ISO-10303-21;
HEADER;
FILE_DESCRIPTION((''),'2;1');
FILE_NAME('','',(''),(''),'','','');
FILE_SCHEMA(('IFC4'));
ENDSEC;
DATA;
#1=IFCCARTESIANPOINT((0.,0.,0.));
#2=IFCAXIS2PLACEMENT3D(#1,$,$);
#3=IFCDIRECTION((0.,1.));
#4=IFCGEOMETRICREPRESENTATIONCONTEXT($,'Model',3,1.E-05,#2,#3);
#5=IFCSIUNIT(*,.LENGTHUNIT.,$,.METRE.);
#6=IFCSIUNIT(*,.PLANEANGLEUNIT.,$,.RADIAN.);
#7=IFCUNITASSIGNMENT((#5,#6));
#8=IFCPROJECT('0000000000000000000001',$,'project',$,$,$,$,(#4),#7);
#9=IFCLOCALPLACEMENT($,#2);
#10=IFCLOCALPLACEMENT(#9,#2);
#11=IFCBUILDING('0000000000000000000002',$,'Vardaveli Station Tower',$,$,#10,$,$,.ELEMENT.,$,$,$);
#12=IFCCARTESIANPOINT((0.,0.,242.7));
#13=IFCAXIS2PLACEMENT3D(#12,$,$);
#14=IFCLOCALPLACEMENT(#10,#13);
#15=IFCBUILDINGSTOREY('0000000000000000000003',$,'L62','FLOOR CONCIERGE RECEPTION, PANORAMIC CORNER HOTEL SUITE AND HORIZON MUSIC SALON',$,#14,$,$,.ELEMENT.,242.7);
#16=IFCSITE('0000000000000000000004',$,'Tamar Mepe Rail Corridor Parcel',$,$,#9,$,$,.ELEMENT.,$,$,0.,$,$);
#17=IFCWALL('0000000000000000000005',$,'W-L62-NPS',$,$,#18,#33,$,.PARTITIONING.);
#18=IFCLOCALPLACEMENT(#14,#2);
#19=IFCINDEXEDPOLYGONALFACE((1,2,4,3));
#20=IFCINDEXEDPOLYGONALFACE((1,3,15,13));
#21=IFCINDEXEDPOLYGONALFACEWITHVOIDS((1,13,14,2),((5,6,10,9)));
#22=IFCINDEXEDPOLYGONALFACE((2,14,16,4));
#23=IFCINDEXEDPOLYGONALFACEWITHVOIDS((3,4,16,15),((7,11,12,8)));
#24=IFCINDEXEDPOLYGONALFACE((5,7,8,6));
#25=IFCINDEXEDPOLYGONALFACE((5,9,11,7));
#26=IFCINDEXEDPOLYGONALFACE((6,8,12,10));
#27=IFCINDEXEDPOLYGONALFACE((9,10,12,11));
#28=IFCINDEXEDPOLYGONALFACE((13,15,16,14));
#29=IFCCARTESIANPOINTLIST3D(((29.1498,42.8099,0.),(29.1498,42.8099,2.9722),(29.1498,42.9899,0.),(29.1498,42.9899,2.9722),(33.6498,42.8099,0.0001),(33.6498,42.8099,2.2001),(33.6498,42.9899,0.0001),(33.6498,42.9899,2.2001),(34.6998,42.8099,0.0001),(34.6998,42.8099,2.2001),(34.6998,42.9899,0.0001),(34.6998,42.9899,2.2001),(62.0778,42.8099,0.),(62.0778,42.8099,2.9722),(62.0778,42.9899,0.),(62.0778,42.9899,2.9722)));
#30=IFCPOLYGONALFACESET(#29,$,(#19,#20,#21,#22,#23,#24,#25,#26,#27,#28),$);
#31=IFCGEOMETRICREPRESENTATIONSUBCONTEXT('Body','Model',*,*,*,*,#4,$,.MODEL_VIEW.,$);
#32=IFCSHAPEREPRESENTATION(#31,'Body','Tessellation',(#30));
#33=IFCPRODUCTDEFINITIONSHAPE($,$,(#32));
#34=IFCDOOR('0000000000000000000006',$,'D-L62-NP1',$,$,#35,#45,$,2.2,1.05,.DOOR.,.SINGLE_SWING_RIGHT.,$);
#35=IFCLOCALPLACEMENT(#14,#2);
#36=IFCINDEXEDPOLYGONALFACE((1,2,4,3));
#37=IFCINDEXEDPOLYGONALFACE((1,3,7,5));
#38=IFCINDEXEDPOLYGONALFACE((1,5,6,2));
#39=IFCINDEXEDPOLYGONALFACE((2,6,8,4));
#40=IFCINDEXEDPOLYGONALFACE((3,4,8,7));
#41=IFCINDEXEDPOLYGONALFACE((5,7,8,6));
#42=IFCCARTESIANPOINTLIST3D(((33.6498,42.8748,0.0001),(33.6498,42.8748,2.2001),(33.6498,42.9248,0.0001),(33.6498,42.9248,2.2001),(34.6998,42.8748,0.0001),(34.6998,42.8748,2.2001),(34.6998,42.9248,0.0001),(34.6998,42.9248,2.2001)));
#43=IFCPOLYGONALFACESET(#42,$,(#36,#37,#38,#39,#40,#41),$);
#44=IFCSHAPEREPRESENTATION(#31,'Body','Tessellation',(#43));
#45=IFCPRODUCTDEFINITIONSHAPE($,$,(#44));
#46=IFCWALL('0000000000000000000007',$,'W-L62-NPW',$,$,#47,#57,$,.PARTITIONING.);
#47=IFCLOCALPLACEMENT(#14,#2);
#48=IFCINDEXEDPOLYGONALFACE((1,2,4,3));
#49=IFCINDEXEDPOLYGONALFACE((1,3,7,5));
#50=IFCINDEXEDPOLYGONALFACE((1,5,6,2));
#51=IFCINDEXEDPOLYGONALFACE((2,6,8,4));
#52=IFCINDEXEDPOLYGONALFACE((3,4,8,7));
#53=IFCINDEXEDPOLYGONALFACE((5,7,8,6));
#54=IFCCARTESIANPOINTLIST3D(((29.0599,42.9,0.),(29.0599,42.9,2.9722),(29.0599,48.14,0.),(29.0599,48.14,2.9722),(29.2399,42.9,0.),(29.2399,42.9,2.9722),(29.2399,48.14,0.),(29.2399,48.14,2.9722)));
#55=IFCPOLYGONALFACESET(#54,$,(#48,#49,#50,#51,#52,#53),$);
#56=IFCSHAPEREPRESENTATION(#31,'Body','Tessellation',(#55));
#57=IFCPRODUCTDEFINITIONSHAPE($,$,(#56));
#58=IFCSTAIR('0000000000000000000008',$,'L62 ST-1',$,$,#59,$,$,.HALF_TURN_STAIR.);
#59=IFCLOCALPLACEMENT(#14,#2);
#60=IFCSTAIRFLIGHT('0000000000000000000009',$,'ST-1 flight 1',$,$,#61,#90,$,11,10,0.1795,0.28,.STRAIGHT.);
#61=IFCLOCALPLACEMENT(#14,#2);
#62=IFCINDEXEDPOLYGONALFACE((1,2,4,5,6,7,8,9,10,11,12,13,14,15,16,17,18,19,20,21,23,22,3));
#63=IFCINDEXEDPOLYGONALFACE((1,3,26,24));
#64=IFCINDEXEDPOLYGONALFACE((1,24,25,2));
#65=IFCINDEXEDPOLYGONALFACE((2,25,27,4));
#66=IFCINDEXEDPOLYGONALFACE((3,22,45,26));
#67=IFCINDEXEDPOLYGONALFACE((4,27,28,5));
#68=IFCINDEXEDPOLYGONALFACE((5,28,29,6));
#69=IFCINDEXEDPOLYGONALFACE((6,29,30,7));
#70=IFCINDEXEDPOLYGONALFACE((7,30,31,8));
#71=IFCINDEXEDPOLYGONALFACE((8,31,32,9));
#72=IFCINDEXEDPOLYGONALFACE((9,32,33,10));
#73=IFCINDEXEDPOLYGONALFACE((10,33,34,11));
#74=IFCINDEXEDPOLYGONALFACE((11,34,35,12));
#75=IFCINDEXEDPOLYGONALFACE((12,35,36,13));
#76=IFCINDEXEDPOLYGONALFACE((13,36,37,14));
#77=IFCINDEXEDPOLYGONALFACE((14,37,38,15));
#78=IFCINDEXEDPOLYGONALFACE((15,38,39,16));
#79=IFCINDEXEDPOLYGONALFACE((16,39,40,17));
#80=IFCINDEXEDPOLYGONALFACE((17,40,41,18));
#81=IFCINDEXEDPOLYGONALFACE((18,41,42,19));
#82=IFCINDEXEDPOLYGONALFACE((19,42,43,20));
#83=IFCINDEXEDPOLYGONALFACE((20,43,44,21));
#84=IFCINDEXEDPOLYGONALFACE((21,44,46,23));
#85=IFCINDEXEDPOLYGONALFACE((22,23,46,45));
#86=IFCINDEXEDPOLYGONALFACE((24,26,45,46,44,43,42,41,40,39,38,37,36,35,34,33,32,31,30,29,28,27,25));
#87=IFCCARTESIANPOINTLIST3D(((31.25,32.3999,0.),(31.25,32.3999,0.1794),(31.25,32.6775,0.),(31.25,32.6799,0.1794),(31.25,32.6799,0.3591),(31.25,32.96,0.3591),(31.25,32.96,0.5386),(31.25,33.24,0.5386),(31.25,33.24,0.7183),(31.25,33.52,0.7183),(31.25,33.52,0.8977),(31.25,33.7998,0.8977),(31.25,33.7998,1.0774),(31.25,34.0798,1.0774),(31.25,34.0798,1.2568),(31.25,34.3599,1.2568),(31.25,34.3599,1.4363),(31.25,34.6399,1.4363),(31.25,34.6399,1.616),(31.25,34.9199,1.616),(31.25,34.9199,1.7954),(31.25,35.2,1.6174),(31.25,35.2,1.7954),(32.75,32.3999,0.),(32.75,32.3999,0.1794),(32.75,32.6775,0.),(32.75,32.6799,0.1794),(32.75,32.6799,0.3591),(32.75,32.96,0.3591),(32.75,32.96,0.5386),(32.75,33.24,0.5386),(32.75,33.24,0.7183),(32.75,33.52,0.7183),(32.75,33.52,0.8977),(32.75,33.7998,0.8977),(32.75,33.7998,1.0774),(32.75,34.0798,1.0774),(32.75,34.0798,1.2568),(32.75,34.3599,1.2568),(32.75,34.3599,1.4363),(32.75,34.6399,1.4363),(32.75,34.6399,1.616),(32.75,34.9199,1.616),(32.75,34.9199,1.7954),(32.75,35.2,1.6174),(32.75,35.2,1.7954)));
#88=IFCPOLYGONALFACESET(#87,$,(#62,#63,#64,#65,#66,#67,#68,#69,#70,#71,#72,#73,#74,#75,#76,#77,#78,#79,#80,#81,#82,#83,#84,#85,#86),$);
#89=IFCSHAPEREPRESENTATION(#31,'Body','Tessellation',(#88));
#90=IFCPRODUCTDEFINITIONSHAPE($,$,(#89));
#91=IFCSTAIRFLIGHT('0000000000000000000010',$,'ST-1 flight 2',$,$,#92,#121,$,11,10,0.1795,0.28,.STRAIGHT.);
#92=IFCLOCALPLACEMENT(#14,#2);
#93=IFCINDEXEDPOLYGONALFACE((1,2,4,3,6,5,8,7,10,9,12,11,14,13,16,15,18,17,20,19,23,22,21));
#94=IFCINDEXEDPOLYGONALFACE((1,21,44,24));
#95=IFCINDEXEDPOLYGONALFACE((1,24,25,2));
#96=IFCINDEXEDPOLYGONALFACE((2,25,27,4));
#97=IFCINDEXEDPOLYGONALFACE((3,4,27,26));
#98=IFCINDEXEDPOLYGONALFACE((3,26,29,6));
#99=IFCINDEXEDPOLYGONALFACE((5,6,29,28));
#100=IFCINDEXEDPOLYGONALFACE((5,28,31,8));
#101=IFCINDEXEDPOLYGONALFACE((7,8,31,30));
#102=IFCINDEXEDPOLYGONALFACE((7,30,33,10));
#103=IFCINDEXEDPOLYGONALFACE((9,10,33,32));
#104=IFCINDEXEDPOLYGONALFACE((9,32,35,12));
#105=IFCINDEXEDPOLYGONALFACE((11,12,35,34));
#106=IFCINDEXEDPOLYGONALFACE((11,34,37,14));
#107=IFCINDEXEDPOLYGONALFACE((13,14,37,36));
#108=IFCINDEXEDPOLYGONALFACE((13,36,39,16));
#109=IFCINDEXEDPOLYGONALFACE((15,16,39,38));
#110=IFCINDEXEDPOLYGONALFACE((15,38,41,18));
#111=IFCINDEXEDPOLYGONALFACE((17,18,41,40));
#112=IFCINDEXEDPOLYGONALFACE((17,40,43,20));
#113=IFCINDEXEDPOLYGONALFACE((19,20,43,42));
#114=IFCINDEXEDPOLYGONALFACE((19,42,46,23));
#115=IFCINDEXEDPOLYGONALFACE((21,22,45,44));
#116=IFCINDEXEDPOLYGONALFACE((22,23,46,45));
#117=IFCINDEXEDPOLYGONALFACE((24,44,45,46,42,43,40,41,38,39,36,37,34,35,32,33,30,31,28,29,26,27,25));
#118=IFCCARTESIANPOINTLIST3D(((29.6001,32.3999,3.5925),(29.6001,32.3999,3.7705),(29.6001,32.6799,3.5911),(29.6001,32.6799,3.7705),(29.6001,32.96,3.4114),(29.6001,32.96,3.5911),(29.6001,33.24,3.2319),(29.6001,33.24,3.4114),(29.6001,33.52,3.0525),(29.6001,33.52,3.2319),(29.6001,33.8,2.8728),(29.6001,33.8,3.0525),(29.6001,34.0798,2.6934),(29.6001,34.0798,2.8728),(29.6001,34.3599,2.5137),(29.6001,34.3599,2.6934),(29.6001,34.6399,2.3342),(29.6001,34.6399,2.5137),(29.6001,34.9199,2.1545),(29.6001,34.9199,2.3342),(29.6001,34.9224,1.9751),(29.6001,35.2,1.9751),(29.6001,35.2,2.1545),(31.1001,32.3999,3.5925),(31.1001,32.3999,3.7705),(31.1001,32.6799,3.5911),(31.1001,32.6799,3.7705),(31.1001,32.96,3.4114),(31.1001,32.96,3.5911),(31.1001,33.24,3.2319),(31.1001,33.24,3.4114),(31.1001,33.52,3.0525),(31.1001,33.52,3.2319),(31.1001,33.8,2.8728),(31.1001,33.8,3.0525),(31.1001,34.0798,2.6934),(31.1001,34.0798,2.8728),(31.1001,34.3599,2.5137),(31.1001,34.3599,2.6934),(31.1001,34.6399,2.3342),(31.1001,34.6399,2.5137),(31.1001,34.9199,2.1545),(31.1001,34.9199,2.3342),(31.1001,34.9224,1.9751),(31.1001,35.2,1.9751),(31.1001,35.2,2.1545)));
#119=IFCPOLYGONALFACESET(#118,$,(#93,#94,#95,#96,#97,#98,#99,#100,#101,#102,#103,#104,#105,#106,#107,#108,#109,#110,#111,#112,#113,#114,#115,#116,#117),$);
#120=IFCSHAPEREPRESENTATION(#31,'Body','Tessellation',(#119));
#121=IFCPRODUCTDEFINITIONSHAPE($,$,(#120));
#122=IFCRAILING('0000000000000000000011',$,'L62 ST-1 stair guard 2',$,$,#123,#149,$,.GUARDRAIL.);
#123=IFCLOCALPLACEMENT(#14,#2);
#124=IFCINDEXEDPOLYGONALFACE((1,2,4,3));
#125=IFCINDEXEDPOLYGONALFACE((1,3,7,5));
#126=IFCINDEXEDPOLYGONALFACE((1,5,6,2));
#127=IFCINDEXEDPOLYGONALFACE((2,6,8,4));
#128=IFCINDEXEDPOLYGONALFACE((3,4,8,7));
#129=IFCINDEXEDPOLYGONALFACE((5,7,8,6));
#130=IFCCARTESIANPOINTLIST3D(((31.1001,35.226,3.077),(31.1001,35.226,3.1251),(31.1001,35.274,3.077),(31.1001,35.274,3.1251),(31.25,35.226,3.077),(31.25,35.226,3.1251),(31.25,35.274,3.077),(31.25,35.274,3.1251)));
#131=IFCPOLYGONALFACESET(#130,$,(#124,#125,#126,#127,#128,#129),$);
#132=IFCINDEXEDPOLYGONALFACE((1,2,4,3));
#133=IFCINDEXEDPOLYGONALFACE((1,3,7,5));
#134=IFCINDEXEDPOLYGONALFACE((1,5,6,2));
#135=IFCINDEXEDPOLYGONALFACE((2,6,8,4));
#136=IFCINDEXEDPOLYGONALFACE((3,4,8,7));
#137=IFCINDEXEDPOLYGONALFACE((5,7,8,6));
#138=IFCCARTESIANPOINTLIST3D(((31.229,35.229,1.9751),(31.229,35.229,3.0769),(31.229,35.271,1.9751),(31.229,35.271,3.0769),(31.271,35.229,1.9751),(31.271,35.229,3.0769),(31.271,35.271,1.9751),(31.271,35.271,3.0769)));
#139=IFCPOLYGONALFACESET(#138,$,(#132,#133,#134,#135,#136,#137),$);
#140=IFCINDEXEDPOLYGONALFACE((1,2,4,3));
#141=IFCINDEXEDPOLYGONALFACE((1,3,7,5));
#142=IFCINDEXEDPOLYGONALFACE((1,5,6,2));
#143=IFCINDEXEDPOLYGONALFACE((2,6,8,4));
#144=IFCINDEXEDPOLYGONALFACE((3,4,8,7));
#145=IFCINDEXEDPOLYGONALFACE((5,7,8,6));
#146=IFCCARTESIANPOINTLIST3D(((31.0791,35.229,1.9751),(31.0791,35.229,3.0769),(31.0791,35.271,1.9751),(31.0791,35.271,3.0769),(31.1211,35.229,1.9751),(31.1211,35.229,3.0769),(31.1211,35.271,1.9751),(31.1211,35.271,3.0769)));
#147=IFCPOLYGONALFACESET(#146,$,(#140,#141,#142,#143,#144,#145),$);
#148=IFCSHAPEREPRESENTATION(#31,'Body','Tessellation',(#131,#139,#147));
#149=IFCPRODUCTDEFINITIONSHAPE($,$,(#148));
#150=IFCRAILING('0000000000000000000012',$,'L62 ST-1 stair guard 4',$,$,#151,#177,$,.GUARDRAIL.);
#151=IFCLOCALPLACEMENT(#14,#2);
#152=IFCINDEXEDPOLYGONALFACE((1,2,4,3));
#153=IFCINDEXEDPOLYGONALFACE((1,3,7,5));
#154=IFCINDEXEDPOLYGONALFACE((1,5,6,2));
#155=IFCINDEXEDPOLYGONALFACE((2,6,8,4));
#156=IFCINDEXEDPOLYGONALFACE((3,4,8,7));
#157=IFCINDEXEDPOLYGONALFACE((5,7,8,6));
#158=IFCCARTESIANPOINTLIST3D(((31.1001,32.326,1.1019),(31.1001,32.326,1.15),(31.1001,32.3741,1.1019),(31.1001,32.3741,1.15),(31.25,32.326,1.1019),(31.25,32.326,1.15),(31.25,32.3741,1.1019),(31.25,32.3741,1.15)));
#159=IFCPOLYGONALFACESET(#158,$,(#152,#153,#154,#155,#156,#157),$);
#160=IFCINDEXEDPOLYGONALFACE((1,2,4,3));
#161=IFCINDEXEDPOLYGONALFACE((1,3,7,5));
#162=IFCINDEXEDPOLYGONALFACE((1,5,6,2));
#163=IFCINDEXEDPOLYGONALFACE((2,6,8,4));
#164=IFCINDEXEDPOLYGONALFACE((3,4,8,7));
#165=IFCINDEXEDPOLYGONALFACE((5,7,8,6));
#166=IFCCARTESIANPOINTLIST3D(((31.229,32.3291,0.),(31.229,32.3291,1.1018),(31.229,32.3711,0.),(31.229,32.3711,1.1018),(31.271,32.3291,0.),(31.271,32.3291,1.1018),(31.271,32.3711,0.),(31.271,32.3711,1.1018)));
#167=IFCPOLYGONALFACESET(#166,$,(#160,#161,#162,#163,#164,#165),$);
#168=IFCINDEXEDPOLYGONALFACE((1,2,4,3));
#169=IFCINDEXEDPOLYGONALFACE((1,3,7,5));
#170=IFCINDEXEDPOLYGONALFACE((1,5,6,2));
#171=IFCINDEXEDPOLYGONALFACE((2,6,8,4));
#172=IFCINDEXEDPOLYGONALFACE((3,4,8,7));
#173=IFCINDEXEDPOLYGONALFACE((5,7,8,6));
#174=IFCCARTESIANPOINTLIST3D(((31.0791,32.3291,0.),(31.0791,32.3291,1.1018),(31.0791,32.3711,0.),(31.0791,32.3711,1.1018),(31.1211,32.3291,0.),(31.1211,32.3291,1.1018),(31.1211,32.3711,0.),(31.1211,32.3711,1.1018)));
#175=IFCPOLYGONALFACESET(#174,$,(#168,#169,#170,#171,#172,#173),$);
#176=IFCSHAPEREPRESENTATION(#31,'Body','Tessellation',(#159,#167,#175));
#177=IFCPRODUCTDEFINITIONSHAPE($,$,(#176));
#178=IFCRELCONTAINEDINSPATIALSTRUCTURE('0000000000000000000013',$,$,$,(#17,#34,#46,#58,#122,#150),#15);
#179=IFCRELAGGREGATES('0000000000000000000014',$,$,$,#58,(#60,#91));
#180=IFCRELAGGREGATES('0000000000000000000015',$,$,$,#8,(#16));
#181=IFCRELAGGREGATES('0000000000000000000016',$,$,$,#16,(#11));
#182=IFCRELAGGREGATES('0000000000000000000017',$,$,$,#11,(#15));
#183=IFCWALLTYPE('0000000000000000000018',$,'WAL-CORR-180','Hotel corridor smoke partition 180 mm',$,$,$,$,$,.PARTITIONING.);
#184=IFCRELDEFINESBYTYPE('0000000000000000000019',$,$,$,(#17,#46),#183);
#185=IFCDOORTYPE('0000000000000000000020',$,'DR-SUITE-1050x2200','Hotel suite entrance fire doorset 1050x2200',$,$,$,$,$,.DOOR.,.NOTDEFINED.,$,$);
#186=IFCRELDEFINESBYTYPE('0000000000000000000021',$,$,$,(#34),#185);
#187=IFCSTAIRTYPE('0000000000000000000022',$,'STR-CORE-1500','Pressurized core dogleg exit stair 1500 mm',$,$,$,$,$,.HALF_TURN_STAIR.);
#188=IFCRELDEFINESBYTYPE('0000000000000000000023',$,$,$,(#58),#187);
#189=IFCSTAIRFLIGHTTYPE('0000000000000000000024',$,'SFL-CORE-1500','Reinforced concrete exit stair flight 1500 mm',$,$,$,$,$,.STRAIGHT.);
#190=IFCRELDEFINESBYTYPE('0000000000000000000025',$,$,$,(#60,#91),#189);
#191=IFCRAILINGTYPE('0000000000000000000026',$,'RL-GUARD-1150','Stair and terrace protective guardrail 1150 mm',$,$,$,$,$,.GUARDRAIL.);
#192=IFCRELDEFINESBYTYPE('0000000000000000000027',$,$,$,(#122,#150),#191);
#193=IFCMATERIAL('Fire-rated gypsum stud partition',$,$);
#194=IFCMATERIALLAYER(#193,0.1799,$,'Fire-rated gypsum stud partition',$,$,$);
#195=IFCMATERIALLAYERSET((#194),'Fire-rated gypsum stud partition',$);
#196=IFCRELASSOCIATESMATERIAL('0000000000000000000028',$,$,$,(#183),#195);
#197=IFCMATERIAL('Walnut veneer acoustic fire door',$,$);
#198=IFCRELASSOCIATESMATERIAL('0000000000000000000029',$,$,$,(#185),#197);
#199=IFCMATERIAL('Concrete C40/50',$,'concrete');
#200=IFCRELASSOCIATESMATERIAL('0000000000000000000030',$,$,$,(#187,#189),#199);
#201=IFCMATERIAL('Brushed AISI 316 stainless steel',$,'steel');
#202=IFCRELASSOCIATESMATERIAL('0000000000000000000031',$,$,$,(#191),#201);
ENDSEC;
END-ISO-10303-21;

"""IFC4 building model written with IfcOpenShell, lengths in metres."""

from ifc_helpers import new_model, si_unit, direction, frame, frame_2d, origin, origin_2d, place, context, subcontext, project, spatial, polyline, rectangle, outline, extrude, source, transform, mapped, material, layer, layer_set, type_object, element, fill, aggregate, save


model = new_model("IFC4")

# Units and contexts
model_context = context("Model", 3, precision=1e-05, world=origin(), true_north=direction((0.0, 1.0)))
body_context = subcontext(model_context, "Body", "Model", "MODEL_VIEW")
ifc_project = project(units=[si_unit("LENGTHUNIT", "METRE"), si_unit("PLANEANGLEUNIT", "RADIAN")], contexts=[model_context])

# Site, building, storey
site_placement = place(None, origin())
site = spatial("IfcSite", under=ifc_project, at=site_placement, Name="Tamar Mepe Rail Corridor Parcel", CompositionType="ELEMENT", RefElevation=0.0)
building_placement = place(site_placement, origin())
building = spatial("IfcBuilding", under=site, at=building_placement, Name="Vardaveli Station Tower", CompositionType="ELEMENT")
storey_placement = place(building_placement, frame((0.0, 0.0, 242.7)))
storey = spatial("IfcBuildingStorey", under=building, at=storey_placement, Name="L62", Description="FLOOR CONCIERGE RECEPTION, PANORAMIC CORNER HOTEL SUITE AND HORIZON MUSIC SALON", CompositionType="ELEMENT", Elevation=242.7)

# Shared definitions
ifc_material_1 = material(Name="Concrete C40/50", Category="concrete")

# Wall, opening, door
ifc_material_2 = material(Name="Fire-rated gypsum stud partition")
ifc_layer_1 = layer(ifc_material_2, 0.1799, Name="Fire-rated gypsum stud partition")
ifc_layer_set_1 = layer_set([ifc_layer_1], Name="Fire-rated gypsum stud partition")
wall_type_1 = type_object("IfcWallType", Name="WAL-CORR-180", Description="Hotel corridor smoke partition 180 mm", PredefinedType="PARTITIONING", material=ifc_layer_set_1)
shared_shape_1 = source(origin(), body_context, "Body", "SweptSolid", [
    extrude(rectangle(XDim=32.928, YDim=0.1799, at=frame_2d((16.4639, 0.0))), origin(), (0.0, 0.0, 1.0), 2.9722),
])
wall_1_placement = place(storey_placement, frame((29.1499, 42.8999, 0.0), z_axis=(0.0, 0.0, 1.0), x_axis=(1.0, 0.0, 0.0)))
wall_1 = element("IfcWall", 1, at=wall_1_placement, inside=storey, type_object=wall_type_1, Name="W-L62-NPS", PredefinedType="PARTITIONING", context=body_context, shape_type="MappedRepresentation", body=[
    mapped(shared_shape_1, transform((0.0, 0.0, 0.0), scale=1.0)),
])
shared_shape_2 = source(origin(), body_context, "Body", "SweptSolid", [
    extrude(rectangle(XDim=1.05, YDim=2.2, at=frame_2d((0.5249, 1.1001))), frame((0.0, 0.1001, 0.0), z_axis=(0.0, -1.0, 0.0), x_axis=(1.0, 0.0, 0.0)), (0.0, 0.0, 1.0), 0.2),
])
opening_1_placement = place(wall_1_placement, frame((4.5, 0.0, 0.0)))
opening_1 = element("IfcOpeningElement", 2, at=opening_1_placement, cuts=wall_1, PredefinedType="OPENING", context=body_context, shape_type="MappedRepresentation", body=[
    mapped(shared_shape_2, transform((0.0, 0.0, 0.0), scale=1.0)),
])
ifc_material_3 = material(Name="Walnut veneer acoustic fire door")
door_type_1 = type_object("IfcDoorType", Name="DR-SUITE-1050x2200", Description="Hotel suite entrance fire doorset 1050x2200", OperationType="NOTDEFINED", PredefinedType="DOOR", material=ifc_material_3)
shared_shape_3 = source(origin(), body_context, "Body", "SweptSolid", [
    extrude(rectangle(XDim=1.05, YDim=2.2, at=frame_2d((0.5249, 1.1001))), frame((0.0, 0.0249, 0.0), z_axis=(0.0, -1.0, 0.0), x_axis=(1.0, 0.0, 0.0)), (0.0, 0.0, 1.0), 0.05),
])
door_1_placement = place(opening_1_placement, origin())
door_1 = element("IfcDoor", 3, at=door_1_placement, inside=storey, type_object=door_type_1, Name="D-L62-NP1", OperationType="SINGLE_SWING_RIGHT", OverallHeight=2.2, OverallWidth=1.05, PredefinedType="DOOR", context=body_context, shape_type="MappedRepresentation", body=[
    mapped(shared_shape_3, transform((0.0, 0.0, 0.0), scale=1.0)),
])
fill(opening_1, door_1)

# Wall
shared_shape_4 = source(origin(), body_context, "Body", "SweptSolid", [
    extrude(rectangle(XDim=5.24, YDim=0.1799, at=frame_2d((2.6201, 0.0))), origin(), (0.0, 0.0, 1.0), 2.9722),
])
wall_2_placement = place(storey_placement, frame((29.1499, 42.8999, 0.0), z_axis=(0.0, 0.0, 1.0), x_axis=(0.0, 1.0, 0.0)))
element("IfcWall", 4, at=wall_2_placement, inside=storey, type_object=wall_type_1, Name="W-L62-NPW", PredefinedType="PARTITIONING", context=body_context, shape_type="MappedRepresentation", body=[
    mapped(shared_shape_4, transform((0.0, 0.0, 0.0), scale=1.0)),
])

# Stair, stair flights
stair_type = type_object("IfcStairType", Name="STR-CORE-1500", Description="Pressurized core dogleg exit stair 1500 mm", PredefinedType="HALF_TURN_STAIR", material=ifc_material_1)
stair_placement = place(storey_placement, origin())
stair = element("IfcStair", 5, at=stair_placement, inside=storey, type_object=stair_type, Name="L62 ST-1", PredefinedType="HALF_TURN_STAIR")
stair_flight_type = type_object("IfcStairFlightType", Name="SFL-CORE-1500", Description="Reinforced concrete exit stair flight 1500 mm", PredefinedType="STRAIGHT", material=ifc_material_1)
shared_shape_5 = source(origin(), body_context, "Body", "SweptSolid", [
    extrude(outline(polyline([(0.0, 0.0), (0.0, 0.1794), (0.28, 0.1794), (0.28, 0.3591), (0.5601, 0.3591), (0.5601, 0.5386), (0.8401, 0.5386), (0.8401, 0.7183), (1.1201, 0.7183), (1.1201, 0.8977), (1.3999, 0.8977), (1.3999, 1.0774), (1.6799, 1.0774), (1.6799, 1.2568), (1.96, 1.2568), (1.96, 1.4363), (2.24, 1.4363), (2.24, 1.616), (2.52, 1.616), (2.52, 1.7954), (2.8, 1.7954), (2.8, 1.9751), (2.8, 1.6174), (0.2776, 0.0), (0.0, 0.0)])), frame((0.0, 0.75, 0.0), z_axis=(0.0, -1.0, 0.0), x_axis=(1.0, 0.0, 0.0)), (0.0, 0.0, 1.0), 1.5),
])
stair_flight_1_placement = place(storey_placement, frame((32.0, 32.3999, 0.0), z_axis=(0.0, 0.0, 1.0), x_axis=(0.0, 1.0, 0.0)))
stair_flight_1 = element("IfcStairFlight", 6, at=stair_flight_1_placement, type_object=stair_flight_type, Name="ST-1 flight 1", NumberOfRisers=11, NumberOfTreads=10, PredefinedType="STRAIGHT", RiserHeight=0.1795, TreadLength=0.28, context=body_context, shape_type="MappedRepresentation", body=[
    mapped(shared_shape_5, transform((0.0, 0.0, 0.0), scale=1.0)),
])
stair_flight_2_placement = place(storey_placement, frame((30.3501, 35.2, 1.9751), z_axis=(0.0, 0.0, 1.0), x_axis=(0.0, -1.0, 0.0)))
stair_flight_2 = element("IfcStairFlight", 7, at=stair_flight_2_placement, type_object=stair_flight_type, Name="ST-1 flight 2", NumberOfRisers=11, NumberOfTreads=10, PredefinedType="STRAIGHT", RiserHeight=0.1795, TreadLength=0.28, context=body_context, shape_type="MappedRepresentation", body=[
    mapped(shared_shape_5, transform((0.0, 0.0, 0.0), scale=1.0)),
])
aggregate(stair, [stair_flight_1, stair_flight_2])

# Railings
ifc_material_4 = material(Name="Brushed AISI 316 stainless steel", Category="steel")
railing_type_1 = type_object("IfcRailingType", Name="RL-GUARD-1150", Description="Stair and terrace protective guardrail 1150 mm", PredefinedType="GUARDRAIL", material=ifc_material_4)
shared_shape_6 = source(origin(), body_context, "Body", "SweptSolid", [
    extrude(rectangle(XDim=0.0481, YDim=0.0481, at=origin_2d()), frame((0.0, 0.0, 1.126), z_axis=(-1.0, 0.0, 0.0), x_axis=(0.0, -1.0, 0.0)), (0.0, 0.0, 1.0), 0.1499),
    extrude(rectangle(XDim=0.042, YDim=0.042, at=origin_2d()), origin(), (0.0, 0.0, 1.0), 1.1018),
    extrude(rectangle(XDim=0.042, YDim=0.042, at=origin_2d()), frame((-0.1499, 0.0, 0.0)), (0.0, 0.0, 1.0), 1.1018),
])
for number, where, name in (
    (8, (31.25, 35.25, 1.9751), "L62 ST-1 stair guard 2"),
    (9, (31.25, 32.3501, 0.0), "L62 ST-1 stair guard 4"),
):
    element("IfcRailing", number, at=place(storey_placement, frame(where)), inside=storey, type_object=railing_type_1, Name=name, PredefinedType="GUARDRAIL", context=body_context, shape_type="MappedRepresentation", body=[
        mapped(shared_shape_6, transform((0.0, 0.0, 0.0), scale=1.0)),
    ])

save(model, "model.ifc")
